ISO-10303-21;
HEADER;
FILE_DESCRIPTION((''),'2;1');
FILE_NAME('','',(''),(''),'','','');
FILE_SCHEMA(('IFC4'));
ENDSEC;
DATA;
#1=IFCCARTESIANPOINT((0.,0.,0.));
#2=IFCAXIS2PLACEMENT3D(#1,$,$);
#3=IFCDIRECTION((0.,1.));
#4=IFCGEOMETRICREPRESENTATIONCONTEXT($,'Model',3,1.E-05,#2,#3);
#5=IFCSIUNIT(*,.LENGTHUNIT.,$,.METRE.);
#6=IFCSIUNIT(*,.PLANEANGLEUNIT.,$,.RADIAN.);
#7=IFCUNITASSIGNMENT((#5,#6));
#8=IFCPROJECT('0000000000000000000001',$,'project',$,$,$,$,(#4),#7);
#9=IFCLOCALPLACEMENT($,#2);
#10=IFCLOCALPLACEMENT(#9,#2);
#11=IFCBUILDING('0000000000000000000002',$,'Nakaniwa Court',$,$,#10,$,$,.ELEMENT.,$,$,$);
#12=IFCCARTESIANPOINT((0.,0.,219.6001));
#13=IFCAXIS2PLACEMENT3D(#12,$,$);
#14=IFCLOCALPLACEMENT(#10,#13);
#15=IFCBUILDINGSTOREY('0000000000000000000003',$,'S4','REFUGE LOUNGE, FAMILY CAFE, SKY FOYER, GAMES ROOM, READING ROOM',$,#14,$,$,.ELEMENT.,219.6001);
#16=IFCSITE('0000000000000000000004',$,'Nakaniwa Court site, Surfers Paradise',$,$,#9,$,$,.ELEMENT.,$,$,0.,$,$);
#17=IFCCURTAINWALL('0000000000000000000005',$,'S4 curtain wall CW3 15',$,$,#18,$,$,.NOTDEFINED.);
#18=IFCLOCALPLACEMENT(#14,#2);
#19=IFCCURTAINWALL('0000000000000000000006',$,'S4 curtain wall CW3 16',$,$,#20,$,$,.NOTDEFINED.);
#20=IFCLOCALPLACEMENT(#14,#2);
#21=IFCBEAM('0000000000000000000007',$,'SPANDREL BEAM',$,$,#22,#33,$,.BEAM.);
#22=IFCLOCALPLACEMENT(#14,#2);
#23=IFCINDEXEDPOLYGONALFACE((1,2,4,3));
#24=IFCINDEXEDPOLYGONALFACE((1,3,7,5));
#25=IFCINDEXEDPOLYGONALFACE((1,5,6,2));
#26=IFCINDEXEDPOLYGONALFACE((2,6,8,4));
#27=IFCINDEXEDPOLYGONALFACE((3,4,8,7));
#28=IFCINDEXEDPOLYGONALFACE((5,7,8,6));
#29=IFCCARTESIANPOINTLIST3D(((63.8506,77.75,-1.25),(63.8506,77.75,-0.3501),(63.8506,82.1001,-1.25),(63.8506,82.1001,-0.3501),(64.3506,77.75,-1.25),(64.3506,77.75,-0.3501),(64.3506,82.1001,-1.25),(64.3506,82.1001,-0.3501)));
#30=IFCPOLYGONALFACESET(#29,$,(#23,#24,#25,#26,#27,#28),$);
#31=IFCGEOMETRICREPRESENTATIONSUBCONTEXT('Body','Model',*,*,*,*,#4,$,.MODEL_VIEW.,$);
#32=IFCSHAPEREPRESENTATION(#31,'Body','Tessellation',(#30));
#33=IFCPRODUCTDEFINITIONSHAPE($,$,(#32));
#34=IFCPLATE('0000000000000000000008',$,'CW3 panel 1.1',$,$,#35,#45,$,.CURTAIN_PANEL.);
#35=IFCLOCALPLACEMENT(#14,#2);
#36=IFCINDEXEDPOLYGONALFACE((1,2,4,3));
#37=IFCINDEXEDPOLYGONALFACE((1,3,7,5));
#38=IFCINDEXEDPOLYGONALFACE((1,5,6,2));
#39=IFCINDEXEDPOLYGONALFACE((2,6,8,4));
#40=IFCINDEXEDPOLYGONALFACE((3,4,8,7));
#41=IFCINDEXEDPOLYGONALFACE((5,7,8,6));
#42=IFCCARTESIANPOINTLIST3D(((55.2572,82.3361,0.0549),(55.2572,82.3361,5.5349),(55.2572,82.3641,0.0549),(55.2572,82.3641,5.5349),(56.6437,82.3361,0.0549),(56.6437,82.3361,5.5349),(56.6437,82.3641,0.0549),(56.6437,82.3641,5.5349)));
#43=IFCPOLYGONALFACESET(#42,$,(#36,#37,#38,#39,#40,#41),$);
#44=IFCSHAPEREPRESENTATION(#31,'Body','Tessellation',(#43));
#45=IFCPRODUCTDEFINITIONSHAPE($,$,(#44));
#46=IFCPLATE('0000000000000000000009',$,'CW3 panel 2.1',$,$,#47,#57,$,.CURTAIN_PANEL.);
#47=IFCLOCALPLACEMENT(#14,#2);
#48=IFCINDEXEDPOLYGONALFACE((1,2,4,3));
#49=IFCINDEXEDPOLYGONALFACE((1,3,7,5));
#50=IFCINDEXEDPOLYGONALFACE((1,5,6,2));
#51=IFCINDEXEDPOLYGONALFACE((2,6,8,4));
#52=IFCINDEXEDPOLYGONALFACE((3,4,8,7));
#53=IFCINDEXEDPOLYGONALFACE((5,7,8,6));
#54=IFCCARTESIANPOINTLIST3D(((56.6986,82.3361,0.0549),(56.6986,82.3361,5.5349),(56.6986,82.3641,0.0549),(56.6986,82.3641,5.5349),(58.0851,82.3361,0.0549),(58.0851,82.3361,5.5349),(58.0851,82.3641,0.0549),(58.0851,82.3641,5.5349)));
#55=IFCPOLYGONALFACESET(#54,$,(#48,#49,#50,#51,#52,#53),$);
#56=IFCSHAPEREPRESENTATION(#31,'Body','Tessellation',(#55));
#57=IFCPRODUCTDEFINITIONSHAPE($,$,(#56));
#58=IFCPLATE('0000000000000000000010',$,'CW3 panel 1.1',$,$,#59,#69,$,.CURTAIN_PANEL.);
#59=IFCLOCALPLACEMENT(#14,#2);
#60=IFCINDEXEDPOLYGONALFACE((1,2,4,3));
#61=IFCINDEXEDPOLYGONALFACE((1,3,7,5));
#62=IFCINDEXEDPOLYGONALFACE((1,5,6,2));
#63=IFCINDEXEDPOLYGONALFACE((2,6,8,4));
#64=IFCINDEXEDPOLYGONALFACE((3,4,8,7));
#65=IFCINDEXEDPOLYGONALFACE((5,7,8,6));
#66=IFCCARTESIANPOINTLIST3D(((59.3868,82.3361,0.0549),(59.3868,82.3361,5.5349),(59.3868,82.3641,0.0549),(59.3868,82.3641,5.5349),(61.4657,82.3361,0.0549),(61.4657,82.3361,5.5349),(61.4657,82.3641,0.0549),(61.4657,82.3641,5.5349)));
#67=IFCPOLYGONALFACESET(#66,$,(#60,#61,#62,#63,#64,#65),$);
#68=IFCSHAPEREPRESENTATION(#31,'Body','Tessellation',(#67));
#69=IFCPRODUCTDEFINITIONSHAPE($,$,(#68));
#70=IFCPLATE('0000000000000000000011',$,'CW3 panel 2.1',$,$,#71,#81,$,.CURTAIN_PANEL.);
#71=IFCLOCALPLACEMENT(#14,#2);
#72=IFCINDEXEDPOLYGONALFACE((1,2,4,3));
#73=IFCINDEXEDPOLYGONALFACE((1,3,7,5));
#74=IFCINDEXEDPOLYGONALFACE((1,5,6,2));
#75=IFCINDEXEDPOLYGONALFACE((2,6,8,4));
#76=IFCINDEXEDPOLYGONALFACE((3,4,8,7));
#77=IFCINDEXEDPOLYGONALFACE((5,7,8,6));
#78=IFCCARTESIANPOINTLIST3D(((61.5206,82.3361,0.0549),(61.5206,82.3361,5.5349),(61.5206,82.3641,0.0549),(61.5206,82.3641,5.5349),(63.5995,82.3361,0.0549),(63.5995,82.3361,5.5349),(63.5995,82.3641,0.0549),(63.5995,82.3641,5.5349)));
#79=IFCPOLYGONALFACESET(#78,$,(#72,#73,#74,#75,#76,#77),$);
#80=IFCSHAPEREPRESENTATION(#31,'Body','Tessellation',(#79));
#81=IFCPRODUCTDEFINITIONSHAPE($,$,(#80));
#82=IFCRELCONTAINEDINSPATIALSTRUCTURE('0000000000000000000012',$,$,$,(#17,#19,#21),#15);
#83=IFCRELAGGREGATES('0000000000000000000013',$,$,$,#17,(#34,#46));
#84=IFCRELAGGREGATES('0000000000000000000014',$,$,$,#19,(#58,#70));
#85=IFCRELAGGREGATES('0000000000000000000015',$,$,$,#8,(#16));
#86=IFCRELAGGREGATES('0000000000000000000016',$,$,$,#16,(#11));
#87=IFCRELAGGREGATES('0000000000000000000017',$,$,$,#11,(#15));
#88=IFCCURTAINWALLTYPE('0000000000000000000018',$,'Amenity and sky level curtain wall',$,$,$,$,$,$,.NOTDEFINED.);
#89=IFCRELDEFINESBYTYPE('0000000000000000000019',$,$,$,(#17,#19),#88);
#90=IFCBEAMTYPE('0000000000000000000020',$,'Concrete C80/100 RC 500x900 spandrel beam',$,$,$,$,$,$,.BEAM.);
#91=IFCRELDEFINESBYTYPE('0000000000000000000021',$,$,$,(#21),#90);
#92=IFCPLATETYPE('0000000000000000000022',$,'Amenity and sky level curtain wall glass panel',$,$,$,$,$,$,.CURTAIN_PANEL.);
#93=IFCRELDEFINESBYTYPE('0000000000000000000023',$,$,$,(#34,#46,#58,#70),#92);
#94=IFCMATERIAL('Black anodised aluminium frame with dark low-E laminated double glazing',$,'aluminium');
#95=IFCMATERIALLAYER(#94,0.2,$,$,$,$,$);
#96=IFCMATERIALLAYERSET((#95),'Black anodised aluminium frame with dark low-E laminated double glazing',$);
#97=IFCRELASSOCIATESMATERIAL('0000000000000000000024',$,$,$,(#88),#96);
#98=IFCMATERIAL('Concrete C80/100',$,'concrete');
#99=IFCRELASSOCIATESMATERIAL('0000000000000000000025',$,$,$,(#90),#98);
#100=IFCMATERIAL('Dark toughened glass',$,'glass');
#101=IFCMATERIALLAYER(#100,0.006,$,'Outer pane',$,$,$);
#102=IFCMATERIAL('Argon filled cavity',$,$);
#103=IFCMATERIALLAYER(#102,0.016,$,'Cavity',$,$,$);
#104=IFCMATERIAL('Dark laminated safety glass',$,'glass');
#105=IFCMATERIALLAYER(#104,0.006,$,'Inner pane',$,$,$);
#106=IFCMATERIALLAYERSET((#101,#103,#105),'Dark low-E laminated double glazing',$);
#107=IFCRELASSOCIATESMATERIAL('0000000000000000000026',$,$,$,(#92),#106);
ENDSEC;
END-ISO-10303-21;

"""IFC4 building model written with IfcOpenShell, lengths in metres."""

from ifc_helpers import new_model, si_unit, direction, frame, origin, origin_2d, place, context, subcontext, project, spatial, rectangle, extrude, material, layer, layer_set, material_profile, profile_set, type_object, element, aggregate, save


model = new_model("IFC4")

# Units and contexts
model_context = context("Model", 3, precision=1e-05, world=origin(), true_north=direction((0.0, 1.0)))
body_context = subcontext(model_context, "Body", "Model", "MODEL_VIEW")
ifc_project = project(units=[si_unit("LENGTHUNIT", "METRE"), si_unit("PLANEANGLEUNIT", "RADIAN")], contexts=[model_context])

# Site, building, storey
site_placement = place(None, origin())
site = spatial("IfcSite", under=ifc_project, at=site_placement, Name="Nakaniwa Court site, Surfers Paradise", CompositionType="ELEMENT", RefElevation=0.0)
building_placement = place(site_placement, origin())
building = spatial("IfcBuilding", under=site, at=building_placement, Name="Nakaniwa Court", CompositionType="ELEMENT")
storey_placement = place(building_placement, frame((0.0, 0.0, 219.6001)))
storey = spatial("IfcBuildingStorey", under=building, at=storey_placement, Name="S4", Description="REFUGE LOUNGE, FAMILY CAFE, SKY FOYER, GAMES ROOM, READING ROOM", CompositionType="ELEMENT", Elevation=219.6001)

# Curtain walls
ifc_material_1 = material(Name="Black anodised aluminium frame with dark low-E laminated double glazing", Category="aluminium")
ifc_layer_1 = layer(ifc_material_1, 0.2)
ifc_layer_set_1 = layer_set([ifc_layer_1], Name="Black anodised aluminium frame with dark low-E laminated double glazing")
curtain_wall_type = type_object("IfcCurtainWallType", Name="Amenity and sky level curtain wall", PredefinedType="NOTDEFINED", material=ifc_layer_set_1)
curtain_wall_1_placement = place(storey_placement, origin())
curtain_wall_1 = element("IfcCurtainWall", 1, at=curtain_wall_1_placement, inside=storey, type_object=curtain_wall_type, Name="S4 curtain wall CW3 15", PredefinedType="NOTDEFINED")
curtain_wall_2_placement = place(storey_placement, origin())
curtain_wall_2 = element("IfcCurtainWall", 2, at=curtain_wall_2_placement, inside=storey, type_object=curtain_wall_type, Name="S4 curtain wall CW3 16", PredefinedType="NOTDEFINED")

# Beam
ifc_material_2 = material(Name="Concrete C80/100", Category="concrete")
ifc_material_profile_1 = material_profile(ifc_material_2, rectangle(XDim=0.5, YDim=0.8999, at=origin_2d()), Name="Concrete C80/100 RC 500x900 spandrel beam")
ifc_profile_set_1 = profile_set([ifc_material_profile_1], Name="Concrete C80/100")
beam_type = type_object("IfcBeamType", Name="Concrete C80/100 RC 500x900 spandrel beam", PredefinedType="BEAM", material=ifc_profile_set_1)
beam_placement = place(storey_placement, frame((64.1006, 82.1001, -0.8), z_axis=(0.0, -1.0, 0.0), x_axis=(1.0, 0.0, 0.0)))
element("IfcBeam", 3, at=beam_placement, inside=storey, type_object=beam_type, Name="SPANDREL BEAM", PredefinedType="BEAM", context=body_context, shape_type="SweptSolid", body=[
    extrude(rectangle(XDim=0.5, YDim=0.8999, at=origin_2d()), origin(), (0.0, 0.0, 1.0), 4.3501),
])

# Plates
ifc_material_3 = material(Name="Dark toughened glass", Category="glass")
ifc_layer_2 = layer(ifc_material_3, 0.006, Name="Outer pane")
ifc_material_4 = material(Name="Argon filled cavity")
ifc_layer_3 = layer(ifc_material_4, 0.016, Name="Cavity")
ifc_material_5 = material(Name="Dark laminated safety glass", Category="glass")
ifc_layer_4 = layer(ifc_material_5, 0.006, Name="Inner pane")
ifc_layer_set_2 = layer_set([ifc_layer_2, ifc_layer_3, ifc_layer_4], Name="Dark low-E laminated double glazing")
plate_type = type_object("IfcPlateType", Name="Amenity and sky level curtain wall glass panel", PredefinedType="CURTAIN_PANEL", material=ifc_layer_set_2)
plate_1_placement = place(storey_placement, frame((55.9504, 82.3501, 0.0549), z_axis=(0.0, 0.0, 1.0), x_axis=(1.0, 0.0, 0.0)))
plate_1 = element("IfcPlate", 4, at=plate_1_placement, type_object=plate_type, Name="CW3 panel 1.1", PredefinedType="CURTAIN_PANEL", context=body_context, shape_type="SweptSolid", body=[
    extrude(rectangle(XDim=1.3865, YDim=0.0281, at=origin_2d()), origin(), (0.0, 0.0, 1.0), 5.48),
])
plate_2_placement = place(storey_placement, frame((57.3918, 82.3501, 0.0549), z_axis=(0.0, 0.0, 1.0), x_axis=(1.0, 0.0, 0.0)))
plate_2 = element("IfcPlate", 5, at=plate_2_placement, type_object=plate_type, Name="CW3 panel 2.1", PredefinedType="CURTAIN_PANEL", context=body_context, shape_type="SweptSolid", body=[
    extrude(rectangle(XDim=1.3865, YDim=0.0281, at=origin_2d()), origin(), (0.0, 0.0, 1.0), 5.48),
])
aggregate(curtain_wall_1, [plate_1, plate_2])
plate_3_placement = place(storey_placement, frame((60.4263, 82.3501, 0.0549), z_axis=(0.0, 0.0, 1.0), x_axis=(1.0, 0.0, 0.0)))
plate_3 = element("IfcPlate", 6, at=plate_3_placement, type_object=plate_type, Name="CW3 panel 1.1", PredefinedType="CURTAIN_PANEL", context=body_context, shape_type="SweptSolid", body=[
    extrude(rectangle(XDim=2.0789, YDim=0.0281, at=origin_2d()), origin(), (0.0, 0.0, 1.0), 5.48),
])
plate_4_placement = place(storey_placement, frame((62.5601, 82.3501, 0.0549), z_axis=(0.0, 0.0, 1.0), x_axis=(1.0, 0.0, 0.0)))
plate_4 = element("IfcPlate", 7, at=plate_4_placement, type_object=plate_type, Name="CW3 panel 2.1", PredefinedType="CURTAIN_PANEL", context=body_context, shape_type="SweptSolid", body=[
    extrude(rectangle(XDim=2.0789, YDim=0.0281, at=origin_2d()), origin(), (0.0, 0.0, 1.0), 5.48),
])
aggregate(curtain_wall_2, [plate_3, plate_4])

save(model, "model.ifc")
